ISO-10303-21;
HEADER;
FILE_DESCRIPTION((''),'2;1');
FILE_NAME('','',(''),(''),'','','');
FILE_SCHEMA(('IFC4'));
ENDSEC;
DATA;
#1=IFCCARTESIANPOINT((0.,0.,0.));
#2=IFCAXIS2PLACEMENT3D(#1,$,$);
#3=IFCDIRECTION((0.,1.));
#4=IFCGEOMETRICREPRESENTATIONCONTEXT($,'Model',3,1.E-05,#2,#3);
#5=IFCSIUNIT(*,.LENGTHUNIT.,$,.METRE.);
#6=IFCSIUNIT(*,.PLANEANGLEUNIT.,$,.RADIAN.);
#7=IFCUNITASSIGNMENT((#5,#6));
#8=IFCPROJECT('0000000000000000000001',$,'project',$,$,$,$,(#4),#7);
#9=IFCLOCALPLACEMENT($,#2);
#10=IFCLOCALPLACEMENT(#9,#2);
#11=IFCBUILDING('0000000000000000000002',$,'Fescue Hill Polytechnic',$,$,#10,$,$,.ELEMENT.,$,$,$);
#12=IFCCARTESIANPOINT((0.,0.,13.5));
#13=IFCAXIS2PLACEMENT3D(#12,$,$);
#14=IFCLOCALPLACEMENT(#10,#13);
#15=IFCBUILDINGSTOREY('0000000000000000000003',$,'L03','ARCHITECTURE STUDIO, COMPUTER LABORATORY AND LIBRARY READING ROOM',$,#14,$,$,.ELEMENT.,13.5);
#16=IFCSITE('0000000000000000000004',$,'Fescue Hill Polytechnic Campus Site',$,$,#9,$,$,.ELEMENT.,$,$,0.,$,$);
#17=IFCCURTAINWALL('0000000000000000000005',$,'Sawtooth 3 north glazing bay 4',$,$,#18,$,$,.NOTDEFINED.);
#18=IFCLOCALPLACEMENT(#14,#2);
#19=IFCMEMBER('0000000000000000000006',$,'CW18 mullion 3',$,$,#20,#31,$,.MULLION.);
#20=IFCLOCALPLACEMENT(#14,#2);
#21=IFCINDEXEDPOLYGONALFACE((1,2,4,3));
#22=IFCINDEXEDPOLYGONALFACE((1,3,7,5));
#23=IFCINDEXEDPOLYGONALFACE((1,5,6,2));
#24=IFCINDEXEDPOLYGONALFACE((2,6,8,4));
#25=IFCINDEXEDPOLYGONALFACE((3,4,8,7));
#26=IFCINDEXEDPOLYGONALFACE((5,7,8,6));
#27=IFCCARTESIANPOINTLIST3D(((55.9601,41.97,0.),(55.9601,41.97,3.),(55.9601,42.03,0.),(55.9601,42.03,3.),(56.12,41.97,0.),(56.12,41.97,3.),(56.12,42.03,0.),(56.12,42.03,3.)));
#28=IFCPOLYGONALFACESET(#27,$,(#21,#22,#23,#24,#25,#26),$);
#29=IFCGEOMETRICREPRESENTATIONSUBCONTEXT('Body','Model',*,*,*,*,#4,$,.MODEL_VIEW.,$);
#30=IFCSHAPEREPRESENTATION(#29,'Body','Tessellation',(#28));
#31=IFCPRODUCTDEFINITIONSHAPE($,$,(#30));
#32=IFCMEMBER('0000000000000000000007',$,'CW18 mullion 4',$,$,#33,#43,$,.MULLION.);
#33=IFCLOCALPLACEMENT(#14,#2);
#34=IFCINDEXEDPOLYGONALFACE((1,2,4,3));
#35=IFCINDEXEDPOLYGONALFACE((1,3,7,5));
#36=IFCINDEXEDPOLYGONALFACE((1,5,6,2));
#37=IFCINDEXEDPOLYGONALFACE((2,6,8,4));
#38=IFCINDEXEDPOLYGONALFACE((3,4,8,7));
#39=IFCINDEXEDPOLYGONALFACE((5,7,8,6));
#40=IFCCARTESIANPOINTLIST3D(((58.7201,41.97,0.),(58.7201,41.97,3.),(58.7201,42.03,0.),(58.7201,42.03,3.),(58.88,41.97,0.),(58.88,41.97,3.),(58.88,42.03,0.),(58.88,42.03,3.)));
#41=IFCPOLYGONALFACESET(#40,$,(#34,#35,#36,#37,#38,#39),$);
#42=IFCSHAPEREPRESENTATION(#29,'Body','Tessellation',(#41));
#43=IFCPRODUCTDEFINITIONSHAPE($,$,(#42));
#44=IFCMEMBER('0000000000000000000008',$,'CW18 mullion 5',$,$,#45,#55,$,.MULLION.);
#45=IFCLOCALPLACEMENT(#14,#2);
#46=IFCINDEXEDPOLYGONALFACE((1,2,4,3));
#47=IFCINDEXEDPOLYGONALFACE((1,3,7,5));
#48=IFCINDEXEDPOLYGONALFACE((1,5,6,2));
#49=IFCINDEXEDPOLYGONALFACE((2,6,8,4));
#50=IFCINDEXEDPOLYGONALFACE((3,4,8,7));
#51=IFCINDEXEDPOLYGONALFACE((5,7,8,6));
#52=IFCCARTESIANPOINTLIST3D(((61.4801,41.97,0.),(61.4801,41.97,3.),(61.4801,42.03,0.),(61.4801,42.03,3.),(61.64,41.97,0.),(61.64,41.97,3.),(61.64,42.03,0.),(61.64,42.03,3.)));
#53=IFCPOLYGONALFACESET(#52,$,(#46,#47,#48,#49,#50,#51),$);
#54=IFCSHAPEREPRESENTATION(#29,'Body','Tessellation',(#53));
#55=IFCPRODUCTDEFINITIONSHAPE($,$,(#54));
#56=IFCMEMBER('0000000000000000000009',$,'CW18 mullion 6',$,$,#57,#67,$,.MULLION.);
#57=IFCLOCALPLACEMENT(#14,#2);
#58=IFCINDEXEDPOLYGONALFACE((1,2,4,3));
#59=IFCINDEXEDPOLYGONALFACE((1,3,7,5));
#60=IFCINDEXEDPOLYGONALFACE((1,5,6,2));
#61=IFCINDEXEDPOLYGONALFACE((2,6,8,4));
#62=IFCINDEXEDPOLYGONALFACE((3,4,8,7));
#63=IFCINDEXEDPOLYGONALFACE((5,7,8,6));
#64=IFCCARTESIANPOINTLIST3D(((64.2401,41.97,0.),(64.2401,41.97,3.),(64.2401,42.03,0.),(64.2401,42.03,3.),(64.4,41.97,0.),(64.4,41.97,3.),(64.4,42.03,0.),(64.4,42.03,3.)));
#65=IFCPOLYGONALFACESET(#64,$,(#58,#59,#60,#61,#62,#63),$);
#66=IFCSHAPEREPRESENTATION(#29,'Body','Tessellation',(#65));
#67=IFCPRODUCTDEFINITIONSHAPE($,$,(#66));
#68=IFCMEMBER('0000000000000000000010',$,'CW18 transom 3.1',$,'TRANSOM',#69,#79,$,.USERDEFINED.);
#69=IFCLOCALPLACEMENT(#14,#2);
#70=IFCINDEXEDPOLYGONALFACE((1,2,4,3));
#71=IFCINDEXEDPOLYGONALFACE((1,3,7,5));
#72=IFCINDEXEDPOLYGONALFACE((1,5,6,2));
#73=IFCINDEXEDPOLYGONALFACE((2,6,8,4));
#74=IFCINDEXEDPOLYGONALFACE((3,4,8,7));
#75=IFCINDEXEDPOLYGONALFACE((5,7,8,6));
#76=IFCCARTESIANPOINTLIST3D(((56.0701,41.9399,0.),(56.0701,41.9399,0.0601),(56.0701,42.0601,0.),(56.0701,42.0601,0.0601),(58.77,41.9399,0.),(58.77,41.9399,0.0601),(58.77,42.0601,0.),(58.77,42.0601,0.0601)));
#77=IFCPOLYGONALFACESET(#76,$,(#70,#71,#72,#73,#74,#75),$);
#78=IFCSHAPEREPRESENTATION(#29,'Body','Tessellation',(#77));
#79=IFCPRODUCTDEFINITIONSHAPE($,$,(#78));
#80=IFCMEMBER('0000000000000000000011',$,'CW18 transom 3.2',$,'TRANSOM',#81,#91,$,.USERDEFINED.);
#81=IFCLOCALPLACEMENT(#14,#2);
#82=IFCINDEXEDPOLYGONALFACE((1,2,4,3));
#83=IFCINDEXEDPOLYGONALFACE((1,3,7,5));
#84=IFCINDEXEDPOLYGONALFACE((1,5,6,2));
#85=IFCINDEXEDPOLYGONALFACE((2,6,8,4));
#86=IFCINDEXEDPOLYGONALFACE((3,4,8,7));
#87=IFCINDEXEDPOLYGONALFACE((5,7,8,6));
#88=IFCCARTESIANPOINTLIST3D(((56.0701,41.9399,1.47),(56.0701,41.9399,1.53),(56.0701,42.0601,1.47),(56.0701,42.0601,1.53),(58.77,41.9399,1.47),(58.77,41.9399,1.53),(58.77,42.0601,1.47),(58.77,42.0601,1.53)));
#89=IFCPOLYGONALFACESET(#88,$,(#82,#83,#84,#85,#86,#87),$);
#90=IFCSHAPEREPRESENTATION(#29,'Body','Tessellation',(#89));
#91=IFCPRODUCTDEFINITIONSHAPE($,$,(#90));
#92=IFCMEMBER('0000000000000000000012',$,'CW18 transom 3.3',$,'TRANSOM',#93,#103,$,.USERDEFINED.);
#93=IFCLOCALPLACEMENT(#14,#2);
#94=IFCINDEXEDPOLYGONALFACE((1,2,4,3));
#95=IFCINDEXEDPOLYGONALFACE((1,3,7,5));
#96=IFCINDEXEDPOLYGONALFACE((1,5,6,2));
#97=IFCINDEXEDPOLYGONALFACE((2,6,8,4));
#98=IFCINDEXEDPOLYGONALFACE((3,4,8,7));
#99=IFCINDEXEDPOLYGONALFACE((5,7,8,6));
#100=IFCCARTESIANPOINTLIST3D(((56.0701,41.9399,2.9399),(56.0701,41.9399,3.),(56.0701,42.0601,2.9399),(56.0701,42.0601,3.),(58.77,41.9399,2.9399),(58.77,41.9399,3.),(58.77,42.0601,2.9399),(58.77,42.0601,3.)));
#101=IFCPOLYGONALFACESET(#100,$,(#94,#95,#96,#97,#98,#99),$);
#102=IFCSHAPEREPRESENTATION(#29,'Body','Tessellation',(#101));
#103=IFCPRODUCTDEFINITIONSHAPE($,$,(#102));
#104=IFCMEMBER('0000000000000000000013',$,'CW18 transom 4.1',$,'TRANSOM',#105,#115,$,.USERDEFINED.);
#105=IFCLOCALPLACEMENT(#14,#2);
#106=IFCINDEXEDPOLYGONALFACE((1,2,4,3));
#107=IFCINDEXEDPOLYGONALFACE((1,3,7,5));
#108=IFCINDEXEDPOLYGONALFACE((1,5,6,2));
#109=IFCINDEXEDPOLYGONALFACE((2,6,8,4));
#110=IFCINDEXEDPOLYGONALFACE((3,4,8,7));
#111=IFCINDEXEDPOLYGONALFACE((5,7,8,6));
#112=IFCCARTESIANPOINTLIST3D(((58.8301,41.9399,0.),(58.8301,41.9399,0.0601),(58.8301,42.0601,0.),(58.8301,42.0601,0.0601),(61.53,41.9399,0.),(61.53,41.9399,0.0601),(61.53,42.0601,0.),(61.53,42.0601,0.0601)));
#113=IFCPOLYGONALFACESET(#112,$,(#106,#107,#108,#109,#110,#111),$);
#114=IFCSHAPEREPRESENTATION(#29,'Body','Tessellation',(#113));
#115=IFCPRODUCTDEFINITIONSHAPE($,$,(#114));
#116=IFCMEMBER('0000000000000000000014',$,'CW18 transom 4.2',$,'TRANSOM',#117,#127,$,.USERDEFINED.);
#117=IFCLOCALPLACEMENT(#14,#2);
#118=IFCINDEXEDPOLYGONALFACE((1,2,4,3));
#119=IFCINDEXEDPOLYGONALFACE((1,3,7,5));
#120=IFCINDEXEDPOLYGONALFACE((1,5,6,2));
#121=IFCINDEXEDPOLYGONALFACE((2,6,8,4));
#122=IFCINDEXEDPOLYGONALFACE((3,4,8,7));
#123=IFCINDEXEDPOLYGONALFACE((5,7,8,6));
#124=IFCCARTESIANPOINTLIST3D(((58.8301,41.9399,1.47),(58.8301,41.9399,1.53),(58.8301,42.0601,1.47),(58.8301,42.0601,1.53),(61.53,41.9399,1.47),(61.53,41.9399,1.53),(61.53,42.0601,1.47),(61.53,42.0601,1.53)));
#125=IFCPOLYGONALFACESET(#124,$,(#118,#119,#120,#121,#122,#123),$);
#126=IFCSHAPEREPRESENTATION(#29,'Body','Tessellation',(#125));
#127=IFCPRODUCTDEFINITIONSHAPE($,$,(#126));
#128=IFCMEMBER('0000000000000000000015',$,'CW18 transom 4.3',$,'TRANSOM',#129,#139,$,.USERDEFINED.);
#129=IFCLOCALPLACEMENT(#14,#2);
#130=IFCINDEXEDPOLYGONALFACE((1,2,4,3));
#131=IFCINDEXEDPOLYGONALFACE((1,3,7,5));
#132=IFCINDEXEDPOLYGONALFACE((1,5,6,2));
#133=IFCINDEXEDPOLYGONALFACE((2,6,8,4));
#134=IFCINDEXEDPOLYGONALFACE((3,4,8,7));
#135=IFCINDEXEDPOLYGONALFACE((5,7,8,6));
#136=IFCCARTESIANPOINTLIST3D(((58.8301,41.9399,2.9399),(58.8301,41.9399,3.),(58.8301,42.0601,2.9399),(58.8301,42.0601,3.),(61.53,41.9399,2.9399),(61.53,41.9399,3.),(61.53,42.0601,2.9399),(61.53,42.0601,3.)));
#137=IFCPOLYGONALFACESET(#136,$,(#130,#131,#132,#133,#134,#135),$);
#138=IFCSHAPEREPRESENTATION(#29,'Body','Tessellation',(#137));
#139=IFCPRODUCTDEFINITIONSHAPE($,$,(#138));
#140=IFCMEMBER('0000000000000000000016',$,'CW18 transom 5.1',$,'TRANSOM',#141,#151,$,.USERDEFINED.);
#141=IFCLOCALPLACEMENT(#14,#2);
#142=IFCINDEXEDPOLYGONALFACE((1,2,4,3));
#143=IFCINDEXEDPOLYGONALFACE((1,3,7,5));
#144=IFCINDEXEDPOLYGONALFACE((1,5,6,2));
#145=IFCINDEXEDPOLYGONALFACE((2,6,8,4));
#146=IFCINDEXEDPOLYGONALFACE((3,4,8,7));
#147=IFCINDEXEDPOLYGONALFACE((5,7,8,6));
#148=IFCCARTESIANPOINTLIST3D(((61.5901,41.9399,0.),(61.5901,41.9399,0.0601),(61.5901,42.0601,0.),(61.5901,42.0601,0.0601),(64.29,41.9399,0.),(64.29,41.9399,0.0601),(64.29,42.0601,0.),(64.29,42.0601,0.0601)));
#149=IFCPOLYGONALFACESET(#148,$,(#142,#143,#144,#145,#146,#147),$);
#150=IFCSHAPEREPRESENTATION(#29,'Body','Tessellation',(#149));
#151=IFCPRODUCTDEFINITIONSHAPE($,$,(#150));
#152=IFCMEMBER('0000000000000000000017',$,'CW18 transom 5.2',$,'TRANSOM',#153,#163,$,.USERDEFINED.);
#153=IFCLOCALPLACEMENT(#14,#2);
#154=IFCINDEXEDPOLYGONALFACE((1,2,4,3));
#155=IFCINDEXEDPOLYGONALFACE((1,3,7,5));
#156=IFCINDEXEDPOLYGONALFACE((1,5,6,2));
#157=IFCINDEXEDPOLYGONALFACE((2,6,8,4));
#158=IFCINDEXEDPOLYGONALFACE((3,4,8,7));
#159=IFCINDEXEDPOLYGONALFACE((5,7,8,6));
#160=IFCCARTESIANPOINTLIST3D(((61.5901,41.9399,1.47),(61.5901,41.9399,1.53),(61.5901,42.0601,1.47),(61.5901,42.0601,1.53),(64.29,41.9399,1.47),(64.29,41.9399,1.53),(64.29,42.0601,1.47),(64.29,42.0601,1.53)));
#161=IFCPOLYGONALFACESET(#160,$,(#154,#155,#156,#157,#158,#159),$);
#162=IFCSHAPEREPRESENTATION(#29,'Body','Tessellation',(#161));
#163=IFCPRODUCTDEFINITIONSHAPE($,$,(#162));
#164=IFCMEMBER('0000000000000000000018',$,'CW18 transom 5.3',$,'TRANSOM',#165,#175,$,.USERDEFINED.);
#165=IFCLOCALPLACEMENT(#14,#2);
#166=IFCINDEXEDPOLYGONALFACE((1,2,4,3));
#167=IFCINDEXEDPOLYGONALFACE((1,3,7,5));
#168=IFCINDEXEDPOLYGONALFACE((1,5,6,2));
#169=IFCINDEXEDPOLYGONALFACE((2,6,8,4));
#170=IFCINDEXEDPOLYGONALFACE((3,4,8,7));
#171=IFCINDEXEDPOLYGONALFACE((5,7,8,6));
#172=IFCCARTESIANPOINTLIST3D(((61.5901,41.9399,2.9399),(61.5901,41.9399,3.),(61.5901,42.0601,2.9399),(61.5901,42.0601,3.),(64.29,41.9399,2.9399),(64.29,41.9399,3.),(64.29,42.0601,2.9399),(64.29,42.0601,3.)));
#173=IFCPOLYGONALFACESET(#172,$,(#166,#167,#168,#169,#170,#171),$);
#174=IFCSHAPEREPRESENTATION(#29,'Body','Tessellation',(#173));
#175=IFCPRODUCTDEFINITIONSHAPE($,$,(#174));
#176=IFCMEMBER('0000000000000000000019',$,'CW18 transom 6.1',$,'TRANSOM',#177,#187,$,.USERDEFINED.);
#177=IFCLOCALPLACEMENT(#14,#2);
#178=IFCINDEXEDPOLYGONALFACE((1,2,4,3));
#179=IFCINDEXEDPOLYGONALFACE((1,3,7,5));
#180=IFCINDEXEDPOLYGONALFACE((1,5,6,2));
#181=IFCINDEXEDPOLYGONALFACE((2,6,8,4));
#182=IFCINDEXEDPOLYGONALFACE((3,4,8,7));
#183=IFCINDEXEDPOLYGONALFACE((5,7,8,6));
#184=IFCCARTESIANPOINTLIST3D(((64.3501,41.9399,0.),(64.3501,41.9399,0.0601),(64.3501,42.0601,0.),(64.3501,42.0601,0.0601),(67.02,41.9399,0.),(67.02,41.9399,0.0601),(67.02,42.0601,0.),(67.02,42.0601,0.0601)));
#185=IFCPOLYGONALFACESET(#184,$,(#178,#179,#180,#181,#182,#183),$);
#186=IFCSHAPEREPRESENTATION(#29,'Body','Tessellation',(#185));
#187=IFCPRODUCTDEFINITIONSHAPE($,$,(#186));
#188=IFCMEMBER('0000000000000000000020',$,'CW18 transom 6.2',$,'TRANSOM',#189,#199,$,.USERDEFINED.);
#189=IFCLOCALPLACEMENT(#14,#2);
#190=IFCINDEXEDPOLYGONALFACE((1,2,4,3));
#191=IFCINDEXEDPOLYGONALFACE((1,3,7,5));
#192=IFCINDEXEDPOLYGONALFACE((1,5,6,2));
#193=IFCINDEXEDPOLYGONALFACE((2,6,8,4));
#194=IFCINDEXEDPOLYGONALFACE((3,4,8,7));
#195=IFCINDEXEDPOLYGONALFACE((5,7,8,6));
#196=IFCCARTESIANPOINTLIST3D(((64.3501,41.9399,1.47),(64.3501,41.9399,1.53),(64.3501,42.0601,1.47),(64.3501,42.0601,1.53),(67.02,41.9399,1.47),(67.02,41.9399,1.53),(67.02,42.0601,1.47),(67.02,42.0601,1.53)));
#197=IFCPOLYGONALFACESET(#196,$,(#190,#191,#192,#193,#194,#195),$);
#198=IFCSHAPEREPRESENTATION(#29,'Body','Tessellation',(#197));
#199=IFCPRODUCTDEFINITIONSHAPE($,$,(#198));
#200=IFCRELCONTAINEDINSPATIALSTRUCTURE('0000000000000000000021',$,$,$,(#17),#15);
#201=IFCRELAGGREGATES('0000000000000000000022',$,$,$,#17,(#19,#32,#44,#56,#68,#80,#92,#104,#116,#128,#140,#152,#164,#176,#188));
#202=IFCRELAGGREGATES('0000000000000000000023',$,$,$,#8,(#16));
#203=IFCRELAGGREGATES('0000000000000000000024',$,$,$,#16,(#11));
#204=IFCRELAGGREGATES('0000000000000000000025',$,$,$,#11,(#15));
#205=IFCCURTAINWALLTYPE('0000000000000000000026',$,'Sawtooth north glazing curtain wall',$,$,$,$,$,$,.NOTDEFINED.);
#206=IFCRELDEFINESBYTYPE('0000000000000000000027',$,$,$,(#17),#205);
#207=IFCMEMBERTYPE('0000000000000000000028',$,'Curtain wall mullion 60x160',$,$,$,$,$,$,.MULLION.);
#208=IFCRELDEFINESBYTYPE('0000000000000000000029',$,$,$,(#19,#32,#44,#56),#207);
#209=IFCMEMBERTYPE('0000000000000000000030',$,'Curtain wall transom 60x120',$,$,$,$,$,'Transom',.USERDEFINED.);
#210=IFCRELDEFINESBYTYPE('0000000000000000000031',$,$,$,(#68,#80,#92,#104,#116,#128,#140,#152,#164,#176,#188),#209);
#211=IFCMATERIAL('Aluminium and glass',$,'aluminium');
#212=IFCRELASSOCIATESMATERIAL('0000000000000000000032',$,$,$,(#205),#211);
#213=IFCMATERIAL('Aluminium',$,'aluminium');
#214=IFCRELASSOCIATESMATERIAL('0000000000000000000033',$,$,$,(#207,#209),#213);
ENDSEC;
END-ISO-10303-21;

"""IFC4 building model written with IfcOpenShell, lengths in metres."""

from ifc_helpers import new_model, si_unit, direction, frame, origin, origin_2d, place, context, subcontext, project, spatial, rectangle, extrude, material, material_profile, profile_set, type_object, element, aggregate, save


model = new_model("IFC4")

# Units and contexts
model_context = context("Model", 3, precision=1e-05, world=origin(), true_north=direction((0.0, 1.0)))
body_context = subcontext(model_context, "Body", "Model", "MODEL_VIEW")
ifc_project = project(units=[si_unit("LENGTHUNIT", "METRE"), si_unit("PLANEANGLEUNIT", "RADIAN")], contexts=[model_context])

# Site, building, storey
site_placement = place(None, origin())
site = spatial("IfcSite", under=ifc_project, at=site_placement, Name="Fescue Hill Polytechnic Campus Site", CompositionType="ELEMENT", RefElevation=0.0)
building_placement = place(site_placement, origin())
building = spatial("IfcBuilding", under=site, at=building_placement, Name="Fescue Hill Polytechnic", CompositionType="ELEMENT")
storey_placement = place(building_placement, frame((0.0, 0.0, 13.5)))
storey = spatial("IfcBuildingStorey", under=building, at=storey_placement, Name="L03", Description="ARCHITECTURE STUDIO, COMPUTER LABORATORY AND LIBRARY READING ROOM", CompositionType="ELEMENT", Elevation=13.5)

# Curtain wall, members
ifc_material_1 = material(Name="Aluminium and glass", Category="aluminium")
curtain_wall_type = type_object("IfcCurtainWallType", Name="Sawtooth north glazing curtain wall", PredefinedType="NOTDEFINED", material=ifc_material_1)
curtain_wall_placement = place(storey_placement, origin())
curtain_wall = element("IfcCurtainWall", 1, at=curtain_wall_placement, inside=storey, type_object=curtain_wall_type, Name="Sawtooth 3 north glazing bay 4", PredefinedType="NOTDEFINED")
ifc_material_2 = material(Name="Aluminium", Category="aluminium")
ifc_material_profile_1 = material_profile(ifc_material_2, rectangle(XDim=0.0601, YDim=0.1599, at=origin_2d()), Name="Curtain wall mullion 60x160")
ifc_profile_set_1 = profile_set([ifc_material_profile_1], Name="Aluminium")
member_type_1 = type_object("IfcMemberType", Name="Curtain wall mullion 60x160", PredefinedType="MULLION", material=ifc_profile_set_1)
member_1_placement = place(storey_placement, frame((56.04, 42.0, 0.0), z_axis=(0.0, 0.0, 1.0), x_axis=(0.0, 1.0, 0.0)))
member_1 = element("IfcMember", 2, at=member_1_placement, type_object=member_type_1, Name="CW18 mullion 3", PredefinedType="MULLION", context=body_context, shape_type="SweptSolid", body=[
    extrude(rectangle(XDim=0.0601, YDim=0.1599, at=origin_2d()), origin(), (0.0, 0.0, 1.0), 3.0),
])
member_2_placement = place(storey_placement, frame((58.8, 42.0, 0.0), z_axis=(0.0, 0.0, 1.0), x_axis=(0.0, 1.0, 0.0)))
member_2 = element("IfcMember", 3, at=member_2_placement, type_object=member_type_1, Name="CW18 mullion 4", PredefinedType="MULLION", context=body_context, shape_type="SweptSolid", body=[
    extrude(rectangle(XDim=0.0601, YDim=0.1599, at=origin_2d()), origin(), (0.0, 0.0, 1.0), 3.0),
])
member_3_placement = place(storey_placement, frame((61.5601, 42.0, 0.0), z_axis=(0.0, 0.0, 1.0), x_axis=(0.0, 1.0, 0.0)))
member_3 = element("IfcMember", 4, at=member_3_placement, type_object=member_type_1, Name="CW18 mullion 5", PredefinedType="MULLION", context=body_context, shape_type="SweptSolid", body=[
    extrude(rectangle(XDim=0.0601, YDim=0.1599, at=origin_2d()), origin(), (0.0, 0.0, 1.0), 3.0),
])
member_4_placement = place(storey_placement, frame((64.3201, 42.0, 0.0), z_axis=(0.0, 0.0, 1.0), x_axis=(0.0, 1.0, 0.0)))
member_4 = element("IfcMember", 5, at=member_4_placement, type_object=member_type_1, Name="CW18 mullion 6", PredefinedType="MULLION", context=body_context, shape_type="SweptSolid", body=[
    extrude(rectangle(XDim=0.0601, YDim=0.1599, at=origin_2d()), origin(), (0.0, 0.0, 1.0), 3.0),
])
ifc_material_profile_2 = material_profile(ifc_material_2, rectangle(XDim=0.1201, YDim=0.0601, at=origin_2d()), Name="Curtain wall transom 60x120")
ifc_profile_set_2 = profile_set([ifc_material_profile_2], Name="Aluminium")
member_type_2 = type_object("IfcMemberType", Name="Curtain wall transom 60x120", ElementType="Transom", PredefinedType="USERDEFINED", material=ifc_profile_set_2)
member_5_placement = place(storey_placement, frame((56.0701, 42.0, 0.03), z_axis=(1.0, 0.0, 0.0), x_axis=(0.0, 1.0, 0.0)))
member_5 = element("IfcMember", 6, at=member_5_placement, type_object=member_type_2, Name="CW18 transom 3.1", ObjectType="TRANSOM", PredefinedType="USERDEFINED", context=body_context, shape_type="SweptSolid", body=[
    extrude(rectangle(XDim=0.1201, YDim=0.0601, at=origin_2d()), origin(), (0.0, 0.0, 1.0), 2.7),
])
member_6_placement = place(storey_placement, frame((56.0701, 42.0, 1.5), z_axis=(1.0, 0.0, 0.0), x_axis=(0.0, 1.0, 0.0)))
member_6 = element("IfcMember", 7, at=member_6_placement, type_object=member_type_2, Name="CW18 transom 3.2", ObjectType="TRANSOM", PredefinedType="USERDEFINED", context=body_context, shape_type="SweptSolid", body=[
    extrude(rectangle(XDim=0.1201, YDim=0.0601, at=origin_2d()), origin(), (0.0, 0.0, 1.0), 2.7),
])
member_7_placement = place(storey_placement, frame((56.0701, 42.0, 2.97), z_axis=(1.0, 0.0, 0.0), x_axis=(0.0, 1.0, 0.0)))
member_7 = element("IfcMember", 8, at=member_7_placement, type_object=member_type_2, Name="CW18 transom 3.3", ObjectType="TRANSOM", PredefinedType="USERDEFINED", context=body_context, shape_type="SweptSolid", body=[
    extrude(rectangle(XDim=0.1201, YDim=0.0601, at=origin_2d()), origin(), (0.0, 0.0, 1.0), 2.7),
])
member_8_placement = place(storey_placement, frame((58.8301, 42.0, 0.03), z_axis=(1.0, 0.0, 0.0), x_axis=(0.0, 1.0, 0.0)))
member_8 = element("IfcMember", 9, at=member_8_placement, type_object=member_type_2, Name="CW18 transom 4.1", ObjectType="TRANSOM", PredefinedType="USERDEFINED", context=body_context, shape_type="SweptSolid", body=[
    extrude(rectangle(XDim=0.1201, YDim=0.0601, at=origin_2d()), origin(), (0.0, 0.0, 1.0), 2.7),
])
member_9_placement = place(storey_placement, frame((58.8301, 42.0, 1.5), z_axis=(1.0, 0.0, 0.0), x_axis=(0.0, 1.0, 0.0)))
member_9 = element("IfcMember", 10, at=member_9_placement, type_object=member_type_2, Name="CW18 transom 4.2", ObjectType="TRANSOM", PredefinedType="USERDEFINED", context=body_context, shape_type="SweptSolid", body=[
    extrude(rectangle(XDim=0.1201, YDim=0.0601, at=origin_2d()), origin(), (0.0, 0.0, 1.0), 2.7),
])
member_10_placement = place(storey_placement, frame((58.8301, 42.0, 2.97), z_axis=(1.0, 0.0, 0.0), x_axis=(0.0, 1.0, 0.0)))
member_10 = element("IfcMember", 11, at=member_10_placement, type_object=member_type_2, Name="CW18 transom 4.3", ObjectType="TRANSOM", PredefinedType="USERDEFINED", context=body_context, shape_type="SweptSolid", body=[
    extrude(rectangle(XDim=0.1201, YDim=0.0601, at=origin_2d()), origin(), (0.0, 0.0, 1.0), 2.7),
])
member_11_placement = place(storey_placement, frame((61.5901, 42.0, 0.03), z_axis=(1.0, 0.0, 0.0), x_axis=(0.0, 1.0, 0.0)))
member_11 = element("IfcMember", 12, at=member_11_placement, type_object=member_type_2, Name="CW18 transom 5.1", ObjectType="TRANSOM", PredefinedType="USERDEFINED", context=body_context, shape_type="SweptSolid", body=[
    extrude(rectangle(XDim=0.1201, YDim=0.0601, at=origin_2d()), origin(), (0.0, 0.0, 1.0), 2.7),
])
member_12_placement = place(storey_placement, frame((61.5901, 42.0, 1.5), z_axis=(1.0, 0.0, 0.0), x_axis=(0.0, 1.0, 0.0)))
member_12 = element("IfcMember", 13, at=member_12_placement, type_object=member_type_2, Name="CW18 transom 5.2", ObjectType="TRANSOM", PredefinedType="USERDEFINED", context=body_context, shape_type="SweptSolid", body=[
    extrude(rectangle(XDim=0.1201, YDim=0.0601, at=origin_2d()), origin(), (0.0, 0.0, 1.0), 2.7),
])
member_13_placement = place(storey_placement, frame((61.5901, 42.0, 2.97), z_axis=(1.0, 0.0, 0.0), x_axis=(0.0, 1.0, 0.0)))
member_13 = element("IfcMember", 14, at=member_13_placement, type_object=member_type_2, Name="CW18 transom 5.3", ObjectType="TRANSOM", PredefinedType="USERDEFINED", context=body_context, shape_type="SweptSolid", body=[
    extrude(rectangle(XDim=0.1201, YDim=0.0601, at=origin_2d()), origin(), (0.0, 0.0, 1.0), 2.7),
])
member_14_placement = place(storey_placement, frame((64.3501, 42.0, 0.03), z_axis=(1.0, 0.0, 0.0), x_axis=(0.0, 1.0, 0.0)))
member_14 = element("IfcMember", 15, at=member_14_placement, type_object=member_type_2, Name="CW18 transom 6.1", ObjectType="TRANSOM", PredefinedType="USERDEFINED", context=body_context, shape_type="SweptSolid", body=[
    extrude(rectangle(XDim=0.1201, YDim=0.0601, at=origin_2d()), origin(), (0.0, 0.0, 1.0), 2.6699),
])
member_15_placement = place(storey_placement, frame((64.3501, 42.0, 1.5), z_axis=(1.0, 0.0, 0.0), x_axis=(0.0, 1.0, 0.0)))
member_15 = element("IfcMember", 16, at=member_15_placement, type_object=member_type_2, Name="CW18 transom 6.2", ObjectType="TRANSOM", PredefinedType="USERDEFINED", context=body_context, shape_type="SweptSolid", body=[
    extrude(rectangle(XDim=0.1201, YDim=0.0601, at=origin_2d()), origin(), (0.0, 0.0, 1.0), 2.6699),
])
aggregate(curtain_wall, [member_1, member_2, member_3, member_4, member_5, member_6, member_7, member_8, member_9, member_10, member_11, member_12, member_13, member_14, member_15])

save(model, "model.ifc")
